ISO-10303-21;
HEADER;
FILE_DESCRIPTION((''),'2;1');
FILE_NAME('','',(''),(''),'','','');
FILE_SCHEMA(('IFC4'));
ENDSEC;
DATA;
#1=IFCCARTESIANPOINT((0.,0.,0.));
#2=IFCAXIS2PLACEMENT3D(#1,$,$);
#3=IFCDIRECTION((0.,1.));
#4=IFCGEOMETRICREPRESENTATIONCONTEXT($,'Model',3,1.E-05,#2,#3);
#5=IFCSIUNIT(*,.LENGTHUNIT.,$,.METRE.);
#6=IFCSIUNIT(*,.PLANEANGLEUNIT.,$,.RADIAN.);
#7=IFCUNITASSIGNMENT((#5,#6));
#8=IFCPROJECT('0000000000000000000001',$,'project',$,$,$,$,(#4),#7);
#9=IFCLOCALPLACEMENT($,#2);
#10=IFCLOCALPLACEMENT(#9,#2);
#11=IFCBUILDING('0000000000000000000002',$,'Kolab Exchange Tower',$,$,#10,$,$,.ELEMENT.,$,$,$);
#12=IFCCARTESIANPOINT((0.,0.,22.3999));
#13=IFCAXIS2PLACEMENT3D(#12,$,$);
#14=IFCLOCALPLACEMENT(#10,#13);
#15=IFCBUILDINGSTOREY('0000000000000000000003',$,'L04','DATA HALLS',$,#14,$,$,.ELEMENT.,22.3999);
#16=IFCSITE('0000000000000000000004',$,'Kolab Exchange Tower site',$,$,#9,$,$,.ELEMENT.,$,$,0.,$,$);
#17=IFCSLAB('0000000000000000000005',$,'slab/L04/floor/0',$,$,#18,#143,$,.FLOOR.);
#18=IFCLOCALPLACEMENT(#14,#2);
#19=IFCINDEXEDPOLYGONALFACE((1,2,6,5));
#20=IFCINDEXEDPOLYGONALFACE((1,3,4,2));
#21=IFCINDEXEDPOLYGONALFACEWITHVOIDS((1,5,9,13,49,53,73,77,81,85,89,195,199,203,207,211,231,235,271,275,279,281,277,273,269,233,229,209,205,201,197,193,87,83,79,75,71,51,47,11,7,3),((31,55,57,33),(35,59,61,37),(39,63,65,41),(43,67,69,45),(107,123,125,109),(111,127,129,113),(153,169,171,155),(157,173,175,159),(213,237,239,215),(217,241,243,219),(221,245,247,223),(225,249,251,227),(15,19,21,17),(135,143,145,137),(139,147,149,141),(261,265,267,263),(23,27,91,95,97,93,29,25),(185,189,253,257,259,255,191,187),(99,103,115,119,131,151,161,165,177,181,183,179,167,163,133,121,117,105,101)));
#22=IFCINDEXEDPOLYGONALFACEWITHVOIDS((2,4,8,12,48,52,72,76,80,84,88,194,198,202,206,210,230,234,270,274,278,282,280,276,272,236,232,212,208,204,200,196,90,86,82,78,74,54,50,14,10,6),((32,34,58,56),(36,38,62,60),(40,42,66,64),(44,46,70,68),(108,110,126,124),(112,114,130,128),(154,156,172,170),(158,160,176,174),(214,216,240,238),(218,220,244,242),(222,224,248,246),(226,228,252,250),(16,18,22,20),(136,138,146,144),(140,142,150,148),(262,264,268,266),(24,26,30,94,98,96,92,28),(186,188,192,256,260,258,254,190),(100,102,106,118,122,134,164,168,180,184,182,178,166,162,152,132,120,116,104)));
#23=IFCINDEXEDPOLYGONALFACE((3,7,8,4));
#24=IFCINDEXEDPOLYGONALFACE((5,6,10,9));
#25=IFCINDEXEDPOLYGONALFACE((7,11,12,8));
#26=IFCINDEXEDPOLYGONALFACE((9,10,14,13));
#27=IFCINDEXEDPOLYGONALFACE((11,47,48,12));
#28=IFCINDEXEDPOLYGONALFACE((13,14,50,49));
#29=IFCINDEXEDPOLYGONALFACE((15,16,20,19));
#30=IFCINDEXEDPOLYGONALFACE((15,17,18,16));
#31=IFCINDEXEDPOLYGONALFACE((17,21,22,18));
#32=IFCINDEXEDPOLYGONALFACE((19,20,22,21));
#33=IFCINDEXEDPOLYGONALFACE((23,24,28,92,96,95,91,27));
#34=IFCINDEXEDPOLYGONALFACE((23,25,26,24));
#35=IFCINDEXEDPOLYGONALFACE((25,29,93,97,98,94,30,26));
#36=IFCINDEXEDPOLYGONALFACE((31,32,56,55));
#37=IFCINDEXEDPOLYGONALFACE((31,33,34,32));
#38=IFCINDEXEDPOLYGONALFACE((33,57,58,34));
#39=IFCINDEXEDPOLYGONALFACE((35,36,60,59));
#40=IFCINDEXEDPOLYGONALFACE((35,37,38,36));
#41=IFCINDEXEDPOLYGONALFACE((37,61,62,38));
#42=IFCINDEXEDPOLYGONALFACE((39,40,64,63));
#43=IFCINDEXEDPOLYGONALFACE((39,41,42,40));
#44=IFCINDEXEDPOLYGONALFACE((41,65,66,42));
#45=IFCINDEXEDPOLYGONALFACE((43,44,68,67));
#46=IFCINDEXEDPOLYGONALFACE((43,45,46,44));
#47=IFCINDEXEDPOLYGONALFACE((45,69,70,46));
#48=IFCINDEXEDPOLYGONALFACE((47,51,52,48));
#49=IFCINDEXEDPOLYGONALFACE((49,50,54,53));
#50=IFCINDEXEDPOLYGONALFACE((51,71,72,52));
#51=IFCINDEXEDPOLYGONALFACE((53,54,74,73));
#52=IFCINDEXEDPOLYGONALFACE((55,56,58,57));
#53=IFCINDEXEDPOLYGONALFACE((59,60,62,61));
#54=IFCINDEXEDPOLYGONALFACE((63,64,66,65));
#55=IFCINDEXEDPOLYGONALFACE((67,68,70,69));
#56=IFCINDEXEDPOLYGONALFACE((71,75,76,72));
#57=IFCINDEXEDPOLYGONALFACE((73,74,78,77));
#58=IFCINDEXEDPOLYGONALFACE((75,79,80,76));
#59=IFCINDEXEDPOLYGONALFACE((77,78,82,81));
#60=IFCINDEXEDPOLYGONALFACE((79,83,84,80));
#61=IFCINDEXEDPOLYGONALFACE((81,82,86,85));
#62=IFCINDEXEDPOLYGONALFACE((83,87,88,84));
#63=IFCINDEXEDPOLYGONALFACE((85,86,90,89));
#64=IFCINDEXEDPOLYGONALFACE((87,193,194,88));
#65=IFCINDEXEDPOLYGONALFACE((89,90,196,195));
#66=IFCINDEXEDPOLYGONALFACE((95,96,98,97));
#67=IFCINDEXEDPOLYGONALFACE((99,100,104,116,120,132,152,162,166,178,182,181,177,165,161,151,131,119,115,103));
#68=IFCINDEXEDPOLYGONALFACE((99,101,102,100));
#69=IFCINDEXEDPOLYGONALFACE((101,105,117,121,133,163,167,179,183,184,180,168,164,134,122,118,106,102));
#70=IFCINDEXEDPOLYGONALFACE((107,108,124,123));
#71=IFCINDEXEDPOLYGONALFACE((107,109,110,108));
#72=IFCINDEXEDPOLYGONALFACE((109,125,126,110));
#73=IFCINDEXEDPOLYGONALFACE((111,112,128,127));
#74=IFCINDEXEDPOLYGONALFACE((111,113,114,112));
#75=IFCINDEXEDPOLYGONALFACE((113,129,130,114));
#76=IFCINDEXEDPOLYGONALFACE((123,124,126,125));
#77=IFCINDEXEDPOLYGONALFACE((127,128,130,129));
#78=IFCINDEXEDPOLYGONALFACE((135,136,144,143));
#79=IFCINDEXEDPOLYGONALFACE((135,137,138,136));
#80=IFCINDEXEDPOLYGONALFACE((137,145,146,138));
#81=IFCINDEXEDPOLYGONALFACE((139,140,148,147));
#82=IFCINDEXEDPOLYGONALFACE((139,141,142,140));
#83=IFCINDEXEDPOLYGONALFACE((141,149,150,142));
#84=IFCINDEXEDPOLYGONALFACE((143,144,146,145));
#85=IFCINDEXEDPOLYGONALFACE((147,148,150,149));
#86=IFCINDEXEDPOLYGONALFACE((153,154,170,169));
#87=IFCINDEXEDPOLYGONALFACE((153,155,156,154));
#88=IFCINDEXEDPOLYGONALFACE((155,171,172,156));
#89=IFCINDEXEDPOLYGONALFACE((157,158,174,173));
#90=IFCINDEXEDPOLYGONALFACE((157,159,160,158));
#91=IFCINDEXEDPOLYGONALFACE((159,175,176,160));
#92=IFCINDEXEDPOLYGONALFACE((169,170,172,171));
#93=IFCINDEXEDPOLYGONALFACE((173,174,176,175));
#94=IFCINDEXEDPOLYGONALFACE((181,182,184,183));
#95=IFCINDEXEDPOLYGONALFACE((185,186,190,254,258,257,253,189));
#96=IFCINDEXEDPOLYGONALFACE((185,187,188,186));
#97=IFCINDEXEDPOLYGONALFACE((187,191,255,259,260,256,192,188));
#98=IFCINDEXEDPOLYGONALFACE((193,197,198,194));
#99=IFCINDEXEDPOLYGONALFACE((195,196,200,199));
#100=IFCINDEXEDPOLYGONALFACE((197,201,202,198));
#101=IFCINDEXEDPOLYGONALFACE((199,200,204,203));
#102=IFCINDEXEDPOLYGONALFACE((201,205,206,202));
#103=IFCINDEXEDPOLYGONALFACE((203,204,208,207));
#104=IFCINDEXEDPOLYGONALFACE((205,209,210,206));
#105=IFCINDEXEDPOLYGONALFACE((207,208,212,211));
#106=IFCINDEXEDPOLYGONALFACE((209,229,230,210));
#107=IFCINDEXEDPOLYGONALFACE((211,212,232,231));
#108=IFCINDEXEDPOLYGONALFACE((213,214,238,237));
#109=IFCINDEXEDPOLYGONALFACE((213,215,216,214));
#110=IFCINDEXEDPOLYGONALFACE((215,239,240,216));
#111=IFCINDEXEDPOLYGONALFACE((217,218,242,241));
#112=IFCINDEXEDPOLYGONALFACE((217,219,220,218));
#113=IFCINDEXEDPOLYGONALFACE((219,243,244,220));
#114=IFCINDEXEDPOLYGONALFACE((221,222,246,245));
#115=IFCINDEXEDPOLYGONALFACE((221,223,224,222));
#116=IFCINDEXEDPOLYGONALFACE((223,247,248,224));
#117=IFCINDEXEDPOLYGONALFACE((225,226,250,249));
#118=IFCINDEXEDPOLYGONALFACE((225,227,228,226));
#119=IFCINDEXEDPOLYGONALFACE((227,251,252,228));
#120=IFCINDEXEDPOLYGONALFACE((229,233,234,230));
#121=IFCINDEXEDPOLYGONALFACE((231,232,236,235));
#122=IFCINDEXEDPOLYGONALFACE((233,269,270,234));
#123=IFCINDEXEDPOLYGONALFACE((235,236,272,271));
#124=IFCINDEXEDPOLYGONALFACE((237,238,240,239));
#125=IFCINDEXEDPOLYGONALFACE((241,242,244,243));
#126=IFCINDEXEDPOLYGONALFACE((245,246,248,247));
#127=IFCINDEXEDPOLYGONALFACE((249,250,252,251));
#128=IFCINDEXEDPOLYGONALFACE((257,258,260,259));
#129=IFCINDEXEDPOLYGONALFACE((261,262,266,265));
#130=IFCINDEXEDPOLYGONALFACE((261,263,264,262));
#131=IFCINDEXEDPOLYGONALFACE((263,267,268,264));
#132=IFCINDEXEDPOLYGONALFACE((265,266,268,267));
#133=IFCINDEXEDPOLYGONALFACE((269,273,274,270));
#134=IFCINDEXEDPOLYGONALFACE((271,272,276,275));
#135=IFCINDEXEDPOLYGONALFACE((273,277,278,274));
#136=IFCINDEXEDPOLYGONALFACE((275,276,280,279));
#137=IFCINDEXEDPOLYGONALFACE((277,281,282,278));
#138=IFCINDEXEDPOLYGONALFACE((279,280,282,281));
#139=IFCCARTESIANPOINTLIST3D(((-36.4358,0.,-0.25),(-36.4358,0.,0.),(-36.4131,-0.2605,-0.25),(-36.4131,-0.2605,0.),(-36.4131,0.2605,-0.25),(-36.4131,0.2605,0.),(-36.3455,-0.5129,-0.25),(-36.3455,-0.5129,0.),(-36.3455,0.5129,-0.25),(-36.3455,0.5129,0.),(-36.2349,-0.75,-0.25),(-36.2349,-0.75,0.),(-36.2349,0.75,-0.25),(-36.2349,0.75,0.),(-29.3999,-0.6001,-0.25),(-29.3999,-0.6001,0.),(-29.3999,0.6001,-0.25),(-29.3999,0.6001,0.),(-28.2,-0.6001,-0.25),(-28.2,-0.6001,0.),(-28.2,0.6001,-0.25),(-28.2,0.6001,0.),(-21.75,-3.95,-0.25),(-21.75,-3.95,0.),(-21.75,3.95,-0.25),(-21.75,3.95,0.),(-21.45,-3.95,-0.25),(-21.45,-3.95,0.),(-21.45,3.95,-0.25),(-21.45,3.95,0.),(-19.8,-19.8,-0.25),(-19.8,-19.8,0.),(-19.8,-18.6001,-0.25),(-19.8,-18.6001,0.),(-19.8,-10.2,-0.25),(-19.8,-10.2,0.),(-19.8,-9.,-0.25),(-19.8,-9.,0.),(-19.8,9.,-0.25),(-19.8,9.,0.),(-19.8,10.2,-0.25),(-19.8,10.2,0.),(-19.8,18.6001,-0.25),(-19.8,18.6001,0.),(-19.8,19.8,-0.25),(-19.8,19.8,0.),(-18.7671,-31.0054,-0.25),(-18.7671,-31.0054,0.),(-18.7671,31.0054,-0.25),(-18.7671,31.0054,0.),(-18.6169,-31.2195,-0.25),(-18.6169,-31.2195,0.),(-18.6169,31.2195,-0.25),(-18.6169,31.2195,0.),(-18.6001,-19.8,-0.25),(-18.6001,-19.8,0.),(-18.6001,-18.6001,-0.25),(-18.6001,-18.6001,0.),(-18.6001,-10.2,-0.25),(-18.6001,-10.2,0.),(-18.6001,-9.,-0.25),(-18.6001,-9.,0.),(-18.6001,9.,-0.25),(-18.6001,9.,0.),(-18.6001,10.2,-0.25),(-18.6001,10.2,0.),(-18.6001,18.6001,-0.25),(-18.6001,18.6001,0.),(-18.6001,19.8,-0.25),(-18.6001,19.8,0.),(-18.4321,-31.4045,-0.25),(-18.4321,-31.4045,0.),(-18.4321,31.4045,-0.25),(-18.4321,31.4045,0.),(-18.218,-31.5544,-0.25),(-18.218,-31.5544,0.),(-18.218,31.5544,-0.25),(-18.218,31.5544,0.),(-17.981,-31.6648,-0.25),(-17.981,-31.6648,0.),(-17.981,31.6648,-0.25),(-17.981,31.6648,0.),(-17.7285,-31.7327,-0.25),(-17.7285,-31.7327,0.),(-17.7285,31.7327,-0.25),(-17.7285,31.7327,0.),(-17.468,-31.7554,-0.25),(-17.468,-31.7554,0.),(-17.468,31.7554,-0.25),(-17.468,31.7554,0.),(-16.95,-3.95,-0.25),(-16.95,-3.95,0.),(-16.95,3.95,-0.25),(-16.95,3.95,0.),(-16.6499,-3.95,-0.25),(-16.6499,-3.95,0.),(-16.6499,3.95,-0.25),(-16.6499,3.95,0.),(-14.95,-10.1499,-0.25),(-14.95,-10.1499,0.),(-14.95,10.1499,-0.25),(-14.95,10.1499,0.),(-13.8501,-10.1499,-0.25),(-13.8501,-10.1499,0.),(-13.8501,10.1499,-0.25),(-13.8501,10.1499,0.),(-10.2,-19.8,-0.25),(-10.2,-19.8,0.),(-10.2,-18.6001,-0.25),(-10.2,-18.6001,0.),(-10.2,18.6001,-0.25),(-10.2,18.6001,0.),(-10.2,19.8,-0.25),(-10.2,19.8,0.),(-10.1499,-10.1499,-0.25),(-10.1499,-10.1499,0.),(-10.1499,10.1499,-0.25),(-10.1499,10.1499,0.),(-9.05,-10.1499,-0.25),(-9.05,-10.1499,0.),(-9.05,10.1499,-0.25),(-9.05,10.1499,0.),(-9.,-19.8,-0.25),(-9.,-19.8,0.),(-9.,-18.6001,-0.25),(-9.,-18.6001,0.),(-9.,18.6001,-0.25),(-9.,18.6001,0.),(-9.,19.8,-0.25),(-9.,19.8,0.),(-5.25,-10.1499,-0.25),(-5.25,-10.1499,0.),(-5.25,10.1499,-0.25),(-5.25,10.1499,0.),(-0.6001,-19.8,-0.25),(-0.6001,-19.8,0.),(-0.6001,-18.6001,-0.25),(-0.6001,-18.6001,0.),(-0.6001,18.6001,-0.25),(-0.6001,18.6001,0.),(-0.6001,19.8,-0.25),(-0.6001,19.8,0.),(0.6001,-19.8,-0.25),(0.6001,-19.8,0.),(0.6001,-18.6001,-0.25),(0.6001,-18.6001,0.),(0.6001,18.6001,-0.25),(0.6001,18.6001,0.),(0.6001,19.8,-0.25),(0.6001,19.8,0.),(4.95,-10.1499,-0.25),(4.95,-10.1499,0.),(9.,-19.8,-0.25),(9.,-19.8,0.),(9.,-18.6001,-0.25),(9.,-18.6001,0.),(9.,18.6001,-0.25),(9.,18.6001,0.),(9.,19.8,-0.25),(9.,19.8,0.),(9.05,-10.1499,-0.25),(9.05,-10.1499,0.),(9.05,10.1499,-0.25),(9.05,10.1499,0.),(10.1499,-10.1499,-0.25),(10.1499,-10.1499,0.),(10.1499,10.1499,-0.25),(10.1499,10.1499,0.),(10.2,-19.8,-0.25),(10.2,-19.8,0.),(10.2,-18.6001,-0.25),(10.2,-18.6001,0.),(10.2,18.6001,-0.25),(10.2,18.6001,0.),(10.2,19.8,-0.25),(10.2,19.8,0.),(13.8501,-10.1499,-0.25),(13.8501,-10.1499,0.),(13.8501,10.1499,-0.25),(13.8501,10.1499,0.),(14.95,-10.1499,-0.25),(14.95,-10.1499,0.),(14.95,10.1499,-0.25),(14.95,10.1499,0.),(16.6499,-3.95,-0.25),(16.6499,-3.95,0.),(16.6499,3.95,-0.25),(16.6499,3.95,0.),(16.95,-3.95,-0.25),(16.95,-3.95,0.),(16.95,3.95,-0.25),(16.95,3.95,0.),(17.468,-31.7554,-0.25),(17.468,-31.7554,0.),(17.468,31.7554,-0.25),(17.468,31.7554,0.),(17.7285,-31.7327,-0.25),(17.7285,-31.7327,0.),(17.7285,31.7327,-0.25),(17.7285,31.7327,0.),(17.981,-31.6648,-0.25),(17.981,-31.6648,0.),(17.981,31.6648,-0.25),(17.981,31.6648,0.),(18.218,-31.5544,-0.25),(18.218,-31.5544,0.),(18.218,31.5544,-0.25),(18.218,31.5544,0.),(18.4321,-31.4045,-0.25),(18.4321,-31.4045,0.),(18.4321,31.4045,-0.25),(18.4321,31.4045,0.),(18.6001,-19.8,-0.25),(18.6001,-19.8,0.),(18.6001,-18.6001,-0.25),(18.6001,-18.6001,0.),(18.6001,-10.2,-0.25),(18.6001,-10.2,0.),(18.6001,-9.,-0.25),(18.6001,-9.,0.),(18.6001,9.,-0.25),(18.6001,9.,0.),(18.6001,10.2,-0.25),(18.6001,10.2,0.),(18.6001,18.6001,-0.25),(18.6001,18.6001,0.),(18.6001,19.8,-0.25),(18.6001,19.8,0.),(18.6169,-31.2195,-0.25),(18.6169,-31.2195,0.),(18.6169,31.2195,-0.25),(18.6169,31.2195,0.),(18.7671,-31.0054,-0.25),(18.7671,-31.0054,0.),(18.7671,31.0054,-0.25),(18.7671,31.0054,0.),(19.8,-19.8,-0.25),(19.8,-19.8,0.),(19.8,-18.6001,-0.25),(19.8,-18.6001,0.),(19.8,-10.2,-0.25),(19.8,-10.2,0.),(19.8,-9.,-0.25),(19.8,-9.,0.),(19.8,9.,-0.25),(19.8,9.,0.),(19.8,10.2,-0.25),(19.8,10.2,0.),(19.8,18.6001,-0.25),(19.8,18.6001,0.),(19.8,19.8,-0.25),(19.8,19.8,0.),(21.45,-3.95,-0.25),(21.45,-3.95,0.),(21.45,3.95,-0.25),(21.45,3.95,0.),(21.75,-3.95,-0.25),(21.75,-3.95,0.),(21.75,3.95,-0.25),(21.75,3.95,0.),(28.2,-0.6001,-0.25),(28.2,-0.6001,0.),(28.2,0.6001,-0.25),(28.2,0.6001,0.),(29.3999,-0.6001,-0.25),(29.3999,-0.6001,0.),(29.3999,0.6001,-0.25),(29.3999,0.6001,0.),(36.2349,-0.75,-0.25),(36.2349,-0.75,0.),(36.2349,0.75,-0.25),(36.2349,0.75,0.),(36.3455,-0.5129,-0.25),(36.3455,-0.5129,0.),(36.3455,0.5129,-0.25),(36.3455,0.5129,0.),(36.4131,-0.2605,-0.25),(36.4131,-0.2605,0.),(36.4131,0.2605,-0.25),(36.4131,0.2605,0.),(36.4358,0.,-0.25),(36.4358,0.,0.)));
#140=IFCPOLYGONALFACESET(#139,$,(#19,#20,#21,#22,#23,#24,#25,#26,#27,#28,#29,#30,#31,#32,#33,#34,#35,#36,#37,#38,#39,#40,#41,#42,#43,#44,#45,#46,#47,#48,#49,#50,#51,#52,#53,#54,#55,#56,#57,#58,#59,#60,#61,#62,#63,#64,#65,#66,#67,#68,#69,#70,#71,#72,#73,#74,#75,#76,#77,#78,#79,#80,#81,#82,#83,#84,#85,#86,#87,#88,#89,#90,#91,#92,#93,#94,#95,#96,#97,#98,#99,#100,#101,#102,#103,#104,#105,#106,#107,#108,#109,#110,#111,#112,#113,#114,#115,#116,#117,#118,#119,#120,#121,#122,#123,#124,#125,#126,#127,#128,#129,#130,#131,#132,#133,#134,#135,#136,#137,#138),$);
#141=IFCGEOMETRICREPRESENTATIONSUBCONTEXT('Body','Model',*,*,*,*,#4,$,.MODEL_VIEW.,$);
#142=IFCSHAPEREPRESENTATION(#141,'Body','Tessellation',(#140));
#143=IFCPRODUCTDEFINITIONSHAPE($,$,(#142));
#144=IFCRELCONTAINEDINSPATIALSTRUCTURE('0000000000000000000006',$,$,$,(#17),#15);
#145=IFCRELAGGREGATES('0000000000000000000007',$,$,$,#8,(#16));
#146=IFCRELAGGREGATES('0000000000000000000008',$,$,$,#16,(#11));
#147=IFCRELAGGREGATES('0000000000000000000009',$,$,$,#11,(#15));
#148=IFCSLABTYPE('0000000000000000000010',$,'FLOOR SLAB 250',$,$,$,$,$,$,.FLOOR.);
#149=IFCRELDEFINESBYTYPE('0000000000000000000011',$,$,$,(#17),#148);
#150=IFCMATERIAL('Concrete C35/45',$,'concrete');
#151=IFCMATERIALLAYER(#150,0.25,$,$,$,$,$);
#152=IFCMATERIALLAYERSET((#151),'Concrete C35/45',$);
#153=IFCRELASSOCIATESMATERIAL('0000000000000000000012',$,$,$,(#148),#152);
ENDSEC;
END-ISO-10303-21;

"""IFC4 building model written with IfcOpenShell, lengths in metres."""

from ifc_helpers import new_model, si_unit, direction, frame, origin, place, context, subcontext, project, spatial, polyline, outline, extrude, material, layer, layer_set, type_object, element, save


model = new_model("IFC4")

# Units and contexts
model_context = context("Model", 3, precision=1e-05, world=origin(), true_north=direction((0.0, 1.0)))
body_context = subcontext(model_context, "Body", "Model", "MODEL_VIEW")
ifc_project = project(units=[si_unit("LENGTHUNIT", "METRE"), si_unit("PLANEANGLEUNIT", "RADIAN")], contexts=[model_context])

# Site, building, storey
site_placement = place(None, origin())
site = spatial("IfcSite", under=ifc_project, at=site_placement, Name="Kolab Exchange Tower site", CompositionType="ELEMENT", RefElevation=0.0)
building_placement = place(site_placement, origin())
building = spatial("IfcBuilding", under=site, at=building_placement, Name="Kolab Exchange Tower", CompositionType="ELEMENT")
storey_placement = place(building_placement, frame((0.0, 0.0, 22.3999)))
storey = spatial("IfcBuildingStorey", under=building, at=storey_placement, Name="L04", Description="DATA HALLS", CompositionType="ELEMENT", Elevation=22.3999)

# Slab
ifc_material_1 = material(Name="Concrete C35/45", Category="concrete")
ifc_layer_1 = layer(ifc_material_1, 0.25)
ifc_layer_set_1 = layer_set([ifc_layer_1], Name="Concrete C35/45")
slab_type = type_object("IfcSlabType", Name="FLOOR SLAB 250", PredefinedType="FLOOR", material=ifc_layer_set_1)
slab_1_placement = place(storey_placement, frame((0.0, 0.0, -0.25)))
element("IfcSlab", 1, at=slab_1_placement, inside=storey, type_object=slab_type, Name="slab/L04/floor/0", PredefinedType="FLOOR", context=body_context, shape_type="SweptSolid", body=[
    extrude(outline(polyline([(18.7671, -31.0054), (36.2349, -0.75), (36.3455, -0.5129), (36.4131, -0.2605), (36.4358, 0.0), (36.4131, 0.2605), (36.3455, 0.5129), (36.2349, 0.75), (18.7671, 31.0054), (18.6169, 31.2195), (18.4321, 31.4045), (18.218, 31.5544), (17.981, 31.6648), (17.7285, 31.7327), (17.468, 31.7554), (-17.468, 31.7554), (-17.7285, 31.7327), (-17.981, 31.6648), (-18.218, 31.5544), (-18.4321, 31.4045), (-18.6169, 31.2195), (-18.7671, 31.0054), (-36.2349, 0.75), (-36.3455, 0.5129), (-36.4131, 0.2605), (-36.4358, 0.0), (-36.4131, -0.2605), (-36.3455, -0.5129), (-36.2349, -0.75), (-18.7671, -31.0054), (-18.6169, -31.2195), (-18.4321, -31.4045), (-18.218, -31.5544), (-17.981, -31.6648), (-17.7285, -31.7327), (-17.468, -31.7554), (17.468, -31.7554), (17.7285, -31.7327), (17.981, -31.6648), (18.218, -31.5544), (18.4321, -31.4045), (18.6169, -31.2195), (18.7671, -31.0054)]), holes=[polyline([(-19.8, -18.6001), (-18.6001, -18.6001), (-18.6001, -19.8), (-19.8, -19.8), (-19.8, -18.6001)]), polyline([(-18.6001, -9.0), (-18.6001, -10.2), (-19.8, -10.2), (-19.8, -9.0), (-18.6001, -9.0)]), polyline([(-21.75, -3.95), (-21.75, 3.95), (-21.45, 3.95), (-16.95, 3.95), (-16.6499, 3.95), (-16.6499, -3.95), (-16.95, -3.95), (-21.45, -3.95), (-21.75, -3.95)]), polyline([(-14.95, 10.1499), (-13.8501, 10.1499), (-10.1499, 10.1499), (-9.05, 10.1499), (-5.25, 10.1499), (9.05, 10.1499), (10.1499, 10.1499), (13.8501, 10.1499), (14.95, 10.1499), (14.95, -10.1499), (13.8501, -10.1499), (10.1499, -10.1499), (9.05, -10.1499), (4.95, -10.1499), (-5.25, -10.1499), (-9.05, -10.1499), (-10.1499, -10.1499), (-13.8501, -10.1499), (-14.95, -10.1499), (-14.95, 10.1499)]), polyline([(-28.2, 0.6001), (-28.2, -0.6001), (-29.3999, -0.6001), (-29.3999, 0.6001), (-28.2, 0.6001)]), polyline([(-18.6001, 10.2), (-18.6001, 9.0), (-19.8, 9.0), (-19.8, 10.2), (-18.6001, 10.2)]), polyline([(-19.8, 19.8), (-18.6001, 19.8), (-18.6001, 18.6001), (-19.8, 18.6001), (-19.8, 19.8)]), polyline([(-9.0, -18.6001), (-9.0, -19.8), (-10.2, -19.8), (-10.2, -18.6001), (-9.0, -18.6001)]), polyline([(-9.0, 19.8), (-9.0, 18.6001), (-10.2, 18.6001), (-10.2, 19.8), (-9.0, 19.8)]), polyline([(0.6001, -18.6001), (0.6001, -19.8), (-0.6001, -19.8), (-0.6001, -18.6001), (0.6001, -18.6001)]), polyline([(0.6001, 19.8), (0.6001, 18.6001), (-0.6001, 18.6001), (-0.6001, 19.8), (0.6001, 19.8)]), polyline([(10.2, -18.6001), (10.2, -19.8), (9.0, -19.8), (9.0, -18.6001), (10.2, -18.6001)]), polyline([(9.0, 19.8), (10.2, 19.8), (10.2, 18.6001), (9.0, 18.6001), (9.0, 19.8)]), polyline([(19.8, -18.6001), (19.8, -19.8), (18.6001, -19.8), (18.6001, -18.6001), (19.8, -18.6001)]), polyline([(19.8, -9.0), (19.8, -10.2), (18.6001, -10.2), (18.6001, -9.0), (19.8, -9.0)]), polyline([(16.95, -3.95), (16.6499, -3.95), (16.6499, 3.95), (16.95, 3.95), (21.45, 3.95), (21.75, 3.95), (21.75, -3.95), (21.45, -3.95), (16.95, -3.95)]), polyline([(29.3999, 0.6001), (29.3999, -0.6001), (28.2, -0.6001), (28.2, 0.6001), (29.3999, 0.6001)]), polyline([(18.6001, 10.2), (19.8, 10.2), (19.8, 9.0), (18.6001, 9.0), (18.6001, 10.2)]), polyline([(18.6001, 19.8), (19.8, 19.8), (19.8, 18.6001), (18.6001, 18.6001), (18.6001, 19.8)])]), origin(), (0.0, 0.0, 1.0), 0.25),
])

save(model, "model.ifc")
